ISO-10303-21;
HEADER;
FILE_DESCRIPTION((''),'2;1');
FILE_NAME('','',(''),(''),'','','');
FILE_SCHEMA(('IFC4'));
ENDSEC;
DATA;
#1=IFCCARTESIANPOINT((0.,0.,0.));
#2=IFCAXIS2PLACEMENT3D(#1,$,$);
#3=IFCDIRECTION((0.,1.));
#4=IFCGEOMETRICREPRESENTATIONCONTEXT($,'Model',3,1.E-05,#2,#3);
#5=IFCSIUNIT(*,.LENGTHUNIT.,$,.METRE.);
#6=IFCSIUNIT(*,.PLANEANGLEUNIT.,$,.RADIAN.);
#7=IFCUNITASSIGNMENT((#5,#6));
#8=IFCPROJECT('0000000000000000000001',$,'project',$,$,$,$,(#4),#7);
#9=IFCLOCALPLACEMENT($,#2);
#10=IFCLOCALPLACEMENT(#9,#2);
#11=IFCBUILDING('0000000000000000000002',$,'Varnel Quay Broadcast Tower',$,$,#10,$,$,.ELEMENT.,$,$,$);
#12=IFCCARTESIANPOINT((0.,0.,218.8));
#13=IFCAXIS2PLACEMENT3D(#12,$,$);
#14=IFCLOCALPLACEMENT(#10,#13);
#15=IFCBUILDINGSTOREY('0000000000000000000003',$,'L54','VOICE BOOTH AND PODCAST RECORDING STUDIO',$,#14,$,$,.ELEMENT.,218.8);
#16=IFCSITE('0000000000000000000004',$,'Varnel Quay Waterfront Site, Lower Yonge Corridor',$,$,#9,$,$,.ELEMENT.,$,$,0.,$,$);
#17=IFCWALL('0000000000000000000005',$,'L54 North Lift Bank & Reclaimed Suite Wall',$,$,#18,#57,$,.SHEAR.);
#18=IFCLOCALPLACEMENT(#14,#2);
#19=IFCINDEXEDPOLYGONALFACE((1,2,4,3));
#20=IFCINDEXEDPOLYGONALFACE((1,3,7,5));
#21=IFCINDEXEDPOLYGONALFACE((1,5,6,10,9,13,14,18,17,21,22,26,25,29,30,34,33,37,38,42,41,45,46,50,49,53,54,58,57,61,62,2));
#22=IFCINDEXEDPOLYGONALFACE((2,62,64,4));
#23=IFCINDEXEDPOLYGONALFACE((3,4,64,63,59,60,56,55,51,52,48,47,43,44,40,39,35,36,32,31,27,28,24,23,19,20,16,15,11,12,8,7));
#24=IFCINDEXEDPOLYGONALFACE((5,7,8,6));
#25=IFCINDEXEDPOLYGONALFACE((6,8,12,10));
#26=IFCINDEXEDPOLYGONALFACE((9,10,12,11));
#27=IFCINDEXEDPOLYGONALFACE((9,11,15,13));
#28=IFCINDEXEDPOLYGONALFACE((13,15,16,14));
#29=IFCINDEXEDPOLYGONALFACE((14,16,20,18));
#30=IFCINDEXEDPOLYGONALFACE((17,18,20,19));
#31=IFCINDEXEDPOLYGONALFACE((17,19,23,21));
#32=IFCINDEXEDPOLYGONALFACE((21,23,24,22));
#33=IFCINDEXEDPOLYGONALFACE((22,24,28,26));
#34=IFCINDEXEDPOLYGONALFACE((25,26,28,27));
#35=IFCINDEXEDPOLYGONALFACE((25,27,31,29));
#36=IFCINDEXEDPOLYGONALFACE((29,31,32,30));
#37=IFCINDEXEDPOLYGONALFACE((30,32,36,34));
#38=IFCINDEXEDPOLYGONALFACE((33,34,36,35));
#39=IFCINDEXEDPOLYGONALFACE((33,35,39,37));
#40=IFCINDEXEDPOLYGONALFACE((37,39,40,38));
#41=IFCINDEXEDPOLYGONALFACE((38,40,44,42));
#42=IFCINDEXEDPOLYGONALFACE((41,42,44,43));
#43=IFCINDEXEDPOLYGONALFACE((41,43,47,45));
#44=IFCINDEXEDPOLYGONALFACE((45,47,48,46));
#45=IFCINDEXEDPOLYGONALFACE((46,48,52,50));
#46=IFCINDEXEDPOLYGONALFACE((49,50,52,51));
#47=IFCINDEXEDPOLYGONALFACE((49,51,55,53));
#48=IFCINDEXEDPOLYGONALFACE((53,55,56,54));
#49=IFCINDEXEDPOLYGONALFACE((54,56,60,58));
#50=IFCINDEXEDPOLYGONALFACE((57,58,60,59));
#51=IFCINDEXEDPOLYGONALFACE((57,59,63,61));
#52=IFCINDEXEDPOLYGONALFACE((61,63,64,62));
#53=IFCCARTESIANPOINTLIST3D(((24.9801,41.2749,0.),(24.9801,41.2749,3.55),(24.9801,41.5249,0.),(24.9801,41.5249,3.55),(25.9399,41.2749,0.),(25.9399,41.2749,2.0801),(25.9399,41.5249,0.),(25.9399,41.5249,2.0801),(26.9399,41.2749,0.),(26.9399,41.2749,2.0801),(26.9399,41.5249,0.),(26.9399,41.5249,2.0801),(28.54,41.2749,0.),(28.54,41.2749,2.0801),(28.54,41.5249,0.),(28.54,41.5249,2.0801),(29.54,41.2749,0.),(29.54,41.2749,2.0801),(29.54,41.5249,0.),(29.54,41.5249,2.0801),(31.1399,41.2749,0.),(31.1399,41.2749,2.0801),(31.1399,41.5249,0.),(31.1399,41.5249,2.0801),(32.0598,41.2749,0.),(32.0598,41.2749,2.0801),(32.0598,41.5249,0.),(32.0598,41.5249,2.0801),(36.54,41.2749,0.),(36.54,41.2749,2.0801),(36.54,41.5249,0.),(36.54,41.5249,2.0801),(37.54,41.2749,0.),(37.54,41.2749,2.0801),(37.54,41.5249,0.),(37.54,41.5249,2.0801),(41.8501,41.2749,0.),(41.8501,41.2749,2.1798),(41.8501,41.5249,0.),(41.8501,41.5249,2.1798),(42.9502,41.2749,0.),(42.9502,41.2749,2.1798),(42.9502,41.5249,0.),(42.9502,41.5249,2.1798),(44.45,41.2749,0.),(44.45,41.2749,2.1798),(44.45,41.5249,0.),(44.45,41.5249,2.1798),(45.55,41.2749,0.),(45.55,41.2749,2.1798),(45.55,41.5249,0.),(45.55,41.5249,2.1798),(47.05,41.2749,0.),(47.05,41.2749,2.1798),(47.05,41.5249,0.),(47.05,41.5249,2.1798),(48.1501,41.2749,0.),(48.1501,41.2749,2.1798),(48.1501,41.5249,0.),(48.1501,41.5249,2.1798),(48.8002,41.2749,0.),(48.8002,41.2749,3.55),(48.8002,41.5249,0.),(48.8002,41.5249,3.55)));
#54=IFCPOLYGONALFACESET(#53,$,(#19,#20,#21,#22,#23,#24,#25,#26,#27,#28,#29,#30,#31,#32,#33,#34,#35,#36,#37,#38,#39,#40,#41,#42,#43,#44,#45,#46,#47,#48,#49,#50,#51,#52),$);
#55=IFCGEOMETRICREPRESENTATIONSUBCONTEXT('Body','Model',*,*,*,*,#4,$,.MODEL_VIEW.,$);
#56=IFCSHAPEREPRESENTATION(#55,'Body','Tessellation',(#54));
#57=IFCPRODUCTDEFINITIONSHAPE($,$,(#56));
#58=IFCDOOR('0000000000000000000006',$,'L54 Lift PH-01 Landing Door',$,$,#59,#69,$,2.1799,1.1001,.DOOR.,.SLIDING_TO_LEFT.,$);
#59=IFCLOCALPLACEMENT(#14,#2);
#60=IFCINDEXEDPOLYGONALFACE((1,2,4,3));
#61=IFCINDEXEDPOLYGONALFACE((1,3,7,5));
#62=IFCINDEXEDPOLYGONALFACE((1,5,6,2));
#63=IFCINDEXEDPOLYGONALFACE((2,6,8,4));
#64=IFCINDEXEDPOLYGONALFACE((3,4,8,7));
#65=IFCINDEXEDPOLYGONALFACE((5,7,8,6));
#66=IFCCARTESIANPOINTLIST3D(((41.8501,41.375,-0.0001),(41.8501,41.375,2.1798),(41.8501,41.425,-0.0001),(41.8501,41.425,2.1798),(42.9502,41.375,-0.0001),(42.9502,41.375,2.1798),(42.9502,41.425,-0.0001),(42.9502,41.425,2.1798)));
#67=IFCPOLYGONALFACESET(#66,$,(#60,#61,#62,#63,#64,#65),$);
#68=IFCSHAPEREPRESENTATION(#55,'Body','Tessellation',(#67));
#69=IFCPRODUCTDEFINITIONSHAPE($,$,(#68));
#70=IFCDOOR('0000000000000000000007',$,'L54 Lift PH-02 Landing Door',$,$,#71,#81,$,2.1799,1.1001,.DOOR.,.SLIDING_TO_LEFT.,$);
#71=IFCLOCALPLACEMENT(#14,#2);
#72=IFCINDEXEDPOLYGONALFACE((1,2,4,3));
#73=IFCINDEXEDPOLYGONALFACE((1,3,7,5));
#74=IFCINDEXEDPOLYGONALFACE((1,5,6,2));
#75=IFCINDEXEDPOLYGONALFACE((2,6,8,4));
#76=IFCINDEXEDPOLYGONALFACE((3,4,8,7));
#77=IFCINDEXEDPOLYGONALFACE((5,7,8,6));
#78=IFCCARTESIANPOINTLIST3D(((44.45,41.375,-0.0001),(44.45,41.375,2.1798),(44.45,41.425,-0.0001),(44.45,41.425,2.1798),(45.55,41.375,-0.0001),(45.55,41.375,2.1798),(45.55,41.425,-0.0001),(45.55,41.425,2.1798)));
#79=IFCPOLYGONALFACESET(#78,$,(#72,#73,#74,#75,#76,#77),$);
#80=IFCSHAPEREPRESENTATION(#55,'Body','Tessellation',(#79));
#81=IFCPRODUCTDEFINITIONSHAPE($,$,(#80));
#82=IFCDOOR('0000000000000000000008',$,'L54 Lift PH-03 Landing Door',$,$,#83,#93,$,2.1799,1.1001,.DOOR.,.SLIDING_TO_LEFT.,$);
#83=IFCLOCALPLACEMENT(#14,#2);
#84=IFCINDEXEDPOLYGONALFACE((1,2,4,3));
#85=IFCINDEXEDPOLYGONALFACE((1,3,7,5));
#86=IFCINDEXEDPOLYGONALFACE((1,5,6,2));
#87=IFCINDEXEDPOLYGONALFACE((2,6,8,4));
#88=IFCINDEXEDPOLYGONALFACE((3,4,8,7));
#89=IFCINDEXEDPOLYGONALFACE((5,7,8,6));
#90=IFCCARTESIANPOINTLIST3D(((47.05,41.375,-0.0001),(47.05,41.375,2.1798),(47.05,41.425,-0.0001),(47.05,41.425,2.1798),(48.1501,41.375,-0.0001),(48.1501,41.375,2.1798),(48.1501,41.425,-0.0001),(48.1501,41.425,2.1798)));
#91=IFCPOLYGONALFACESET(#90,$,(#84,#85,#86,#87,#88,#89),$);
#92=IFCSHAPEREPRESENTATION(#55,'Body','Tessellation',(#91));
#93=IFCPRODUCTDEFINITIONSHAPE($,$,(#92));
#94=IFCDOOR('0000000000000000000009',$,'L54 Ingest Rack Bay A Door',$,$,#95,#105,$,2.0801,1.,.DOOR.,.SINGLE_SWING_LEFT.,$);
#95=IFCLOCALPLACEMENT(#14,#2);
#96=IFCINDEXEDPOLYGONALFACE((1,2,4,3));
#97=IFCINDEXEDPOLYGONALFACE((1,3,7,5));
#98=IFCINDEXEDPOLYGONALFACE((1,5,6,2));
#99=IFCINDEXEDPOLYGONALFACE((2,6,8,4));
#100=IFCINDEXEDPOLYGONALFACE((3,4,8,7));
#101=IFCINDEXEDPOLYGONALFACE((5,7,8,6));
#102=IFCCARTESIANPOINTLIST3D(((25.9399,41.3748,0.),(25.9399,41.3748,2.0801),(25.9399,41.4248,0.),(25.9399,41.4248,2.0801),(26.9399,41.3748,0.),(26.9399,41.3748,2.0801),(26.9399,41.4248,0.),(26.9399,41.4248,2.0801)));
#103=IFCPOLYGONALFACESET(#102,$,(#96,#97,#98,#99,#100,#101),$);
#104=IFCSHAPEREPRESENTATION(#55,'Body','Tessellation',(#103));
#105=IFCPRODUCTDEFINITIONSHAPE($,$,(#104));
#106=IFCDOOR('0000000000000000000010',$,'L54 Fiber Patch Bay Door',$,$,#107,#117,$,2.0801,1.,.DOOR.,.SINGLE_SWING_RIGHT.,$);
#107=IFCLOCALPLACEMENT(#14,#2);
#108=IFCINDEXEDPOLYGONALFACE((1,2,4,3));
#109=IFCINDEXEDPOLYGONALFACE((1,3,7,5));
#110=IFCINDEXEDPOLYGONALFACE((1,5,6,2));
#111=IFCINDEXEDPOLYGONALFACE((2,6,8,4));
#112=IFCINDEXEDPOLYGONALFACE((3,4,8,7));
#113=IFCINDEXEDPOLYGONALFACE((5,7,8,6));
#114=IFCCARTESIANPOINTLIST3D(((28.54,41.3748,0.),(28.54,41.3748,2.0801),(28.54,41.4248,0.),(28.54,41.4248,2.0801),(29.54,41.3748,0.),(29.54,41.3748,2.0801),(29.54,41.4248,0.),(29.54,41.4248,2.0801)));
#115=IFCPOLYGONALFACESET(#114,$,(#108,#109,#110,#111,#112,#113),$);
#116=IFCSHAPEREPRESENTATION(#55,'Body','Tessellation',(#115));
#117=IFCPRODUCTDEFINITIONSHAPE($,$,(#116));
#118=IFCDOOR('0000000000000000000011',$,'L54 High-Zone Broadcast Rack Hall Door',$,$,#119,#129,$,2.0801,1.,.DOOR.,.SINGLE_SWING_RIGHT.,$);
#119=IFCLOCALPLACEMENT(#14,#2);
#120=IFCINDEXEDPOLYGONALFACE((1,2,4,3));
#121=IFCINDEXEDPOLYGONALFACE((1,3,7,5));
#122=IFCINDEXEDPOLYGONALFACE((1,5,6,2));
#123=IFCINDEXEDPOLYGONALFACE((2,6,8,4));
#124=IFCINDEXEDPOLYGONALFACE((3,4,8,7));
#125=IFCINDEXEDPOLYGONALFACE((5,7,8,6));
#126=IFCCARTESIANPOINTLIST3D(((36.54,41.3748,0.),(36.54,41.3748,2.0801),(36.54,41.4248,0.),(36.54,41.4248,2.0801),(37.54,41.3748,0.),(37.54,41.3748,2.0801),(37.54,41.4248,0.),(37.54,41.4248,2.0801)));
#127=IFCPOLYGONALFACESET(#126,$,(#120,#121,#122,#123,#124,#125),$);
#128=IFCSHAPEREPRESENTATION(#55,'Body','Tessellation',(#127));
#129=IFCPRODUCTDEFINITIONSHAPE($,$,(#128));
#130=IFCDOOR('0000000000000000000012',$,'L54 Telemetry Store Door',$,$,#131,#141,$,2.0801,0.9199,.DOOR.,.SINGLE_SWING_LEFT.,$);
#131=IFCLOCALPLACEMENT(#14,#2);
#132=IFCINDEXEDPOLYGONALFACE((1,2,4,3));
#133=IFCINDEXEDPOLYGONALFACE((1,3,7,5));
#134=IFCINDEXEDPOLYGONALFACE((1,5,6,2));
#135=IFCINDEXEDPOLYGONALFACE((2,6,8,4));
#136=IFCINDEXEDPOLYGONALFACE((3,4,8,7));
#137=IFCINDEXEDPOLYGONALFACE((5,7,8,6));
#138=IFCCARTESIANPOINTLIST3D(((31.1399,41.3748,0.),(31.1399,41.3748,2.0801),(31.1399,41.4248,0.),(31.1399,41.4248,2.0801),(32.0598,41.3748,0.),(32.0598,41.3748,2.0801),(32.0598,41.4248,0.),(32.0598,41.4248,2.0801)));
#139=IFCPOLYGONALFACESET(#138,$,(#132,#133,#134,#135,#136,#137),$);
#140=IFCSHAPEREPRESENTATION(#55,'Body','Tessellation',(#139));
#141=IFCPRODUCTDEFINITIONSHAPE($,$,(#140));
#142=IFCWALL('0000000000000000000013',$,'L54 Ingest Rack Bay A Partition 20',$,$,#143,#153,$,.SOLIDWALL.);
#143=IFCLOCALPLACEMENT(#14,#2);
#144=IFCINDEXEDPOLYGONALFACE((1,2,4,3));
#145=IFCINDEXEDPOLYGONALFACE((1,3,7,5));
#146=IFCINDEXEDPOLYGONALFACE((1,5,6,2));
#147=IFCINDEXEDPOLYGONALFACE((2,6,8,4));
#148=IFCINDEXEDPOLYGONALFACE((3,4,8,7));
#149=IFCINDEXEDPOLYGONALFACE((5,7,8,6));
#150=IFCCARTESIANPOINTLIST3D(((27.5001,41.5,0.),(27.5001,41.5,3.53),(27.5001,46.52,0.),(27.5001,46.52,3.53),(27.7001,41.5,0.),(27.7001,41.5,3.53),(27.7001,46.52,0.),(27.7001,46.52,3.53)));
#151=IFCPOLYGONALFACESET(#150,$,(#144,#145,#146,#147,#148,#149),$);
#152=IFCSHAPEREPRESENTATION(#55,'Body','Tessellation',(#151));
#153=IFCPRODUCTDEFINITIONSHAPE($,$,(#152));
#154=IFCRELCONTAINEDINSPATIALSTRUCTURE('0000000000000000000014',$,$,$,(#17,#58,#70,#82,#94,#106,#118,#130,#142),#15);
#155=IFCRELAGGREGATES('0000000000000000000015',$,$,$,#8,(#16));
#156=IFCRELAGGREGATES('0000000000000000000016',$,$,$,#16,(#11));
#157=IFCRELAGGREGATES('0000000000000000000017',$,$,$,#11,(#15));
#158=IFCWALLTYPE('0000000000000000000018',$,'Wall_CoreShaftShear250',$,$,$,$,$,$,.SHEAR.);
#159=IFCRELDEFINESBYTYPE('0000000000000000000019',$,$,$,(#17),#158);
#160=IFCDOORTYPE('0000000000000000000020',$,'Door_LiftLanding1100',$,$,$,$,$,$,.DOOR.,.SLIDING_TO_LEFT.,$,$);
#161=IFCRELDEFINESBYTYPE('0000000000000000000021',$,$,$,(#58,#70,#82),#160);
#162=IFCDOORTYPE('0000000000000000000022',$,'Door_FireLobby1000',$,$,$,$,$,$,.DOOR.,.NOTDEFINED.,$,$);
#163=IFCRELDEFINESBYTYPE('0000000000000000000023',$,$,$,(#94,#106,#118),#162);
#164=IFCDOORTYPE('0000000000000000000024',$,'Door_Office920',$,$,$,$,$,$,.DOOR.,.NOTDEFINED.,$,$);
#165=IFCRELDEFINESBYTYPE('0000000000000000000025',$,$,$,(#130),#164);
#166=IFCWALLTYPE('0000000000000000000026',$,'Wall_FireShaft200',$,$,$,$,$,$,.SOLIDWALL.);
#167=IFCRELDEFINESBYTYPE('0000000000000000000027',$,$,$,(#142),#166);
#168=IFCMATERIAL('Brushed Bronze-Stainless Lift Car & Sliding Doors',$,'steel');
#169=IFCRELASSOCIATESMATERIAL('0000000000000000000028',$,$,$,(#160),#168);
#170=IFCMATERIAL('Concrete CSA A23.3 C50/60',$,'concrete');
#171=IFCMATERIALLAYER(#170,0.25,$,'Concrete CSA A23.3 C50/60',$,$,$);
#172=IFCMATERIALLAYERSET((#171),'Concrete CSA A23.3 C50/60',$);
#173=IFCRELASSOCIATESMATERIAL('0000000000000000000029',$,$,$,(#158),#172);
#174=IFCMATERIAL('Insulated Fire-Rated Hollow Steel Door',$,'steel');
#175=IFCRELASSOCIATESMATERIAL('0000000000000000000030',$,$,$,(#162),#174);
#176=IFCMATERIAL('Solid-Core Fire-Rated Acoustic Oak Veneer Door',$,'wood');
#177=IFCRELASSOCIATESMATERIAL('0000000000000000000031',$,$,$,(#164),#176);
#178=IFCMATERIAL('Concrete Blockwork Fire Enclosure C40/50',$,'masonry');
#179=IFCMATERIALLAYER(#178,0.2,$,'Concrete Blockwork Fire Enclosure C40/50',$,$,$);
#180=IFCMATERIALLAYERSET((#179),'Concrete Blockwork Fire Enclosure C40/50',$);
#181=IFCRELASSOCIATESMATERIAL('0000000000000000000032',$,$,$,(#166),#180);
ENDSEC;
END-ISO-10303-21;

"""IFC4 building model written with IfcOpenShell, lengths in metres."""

from ifc_helpers import new_model, si_unit, direction, frame, frame_2d, origin, place, context, subcontext, project, spatial, rectangle, extrude, source, transform, mapped, material, layer, layer_set, type_object, type_shapes, element, fill, save


model = new_model("IFC4")

# Units and contexts
model_context = context("Model", 3, precision=1e-05, world=origin(), true_north=direction((0.0, 1.0)))
body_context = subcontext(model_context, "Body", "Model", "MODEL_VIEW")
ifc_project = project(units=[si_unit("LENGTHUNIT", "METRE"), si_unit("PLANEANGLEUNIT", "RADIAN")], contexts=[model_context])

# Site, building, storey
site_placement = place(None, origin())
site = spatial("IfcSite", under=ifc_project, at=site_placement, Name="Varnel Quay Waterfront Site, Lower Yonge Corridor", CompositionType="ELEMENT", RefElevation=0.0)
building_placement = place(site_placement, origin())
building = spatial("IfcBuilding", under=site, at=building_placement, Name="Varnel Quay Broadcast Tower", CompositionType="ELEMENT")
storey_placement = place(building_placement, frame((0.0, 0.0, 218.8)))
storey = spatial("IfcBuildingStorey", under=building, at=storey_placement, Name="L54", Description="VOICE BOOTH AND PODCAST RECORDING STUDIO", CompositionType="ELEMENT", Elevation=218.8)

# Shared definitions
ifc_material_1 = material(Name="Concrete CSA A23.3 C50/60", Category="concrete")
ifc_material_2 = material(Name="Brushed Bronze-Stainless Lift Car & Sliding Doors", Category="steel")
door_type_1 = type_object("IfcDoorType", Name="Door_LiftLanding1100", OperationType="SLIDING_TO_LEFT", PredefinedType="DOOR", material=ifc_material_2)
shared_shape_1 = source(origin(), body_context, "Body", "SweptSolid", [
    extrude(rectangle(XDim=1.1001, YDim=2.1799, at=frame_2d((0.55, 1.0898))), frame((0.0, 0.0249, 0.0), z_axis=(0.0, -1.0, 0.0), x_axis=(1.0, 0.0, 0.0)), (0.0, 0.0, 1.0), 0.05),
])
type_shapes(door_type_1, [shared_shape_1])

# Wall, openings, doors
ifc_layer_1 = layer(ifc_material_1, 0.25, Name="Concrete CSA A23.3 C50/60")
ifc_layer_set_1 = layer_set([ifc_layer_1], Name="Concrete CSA A23.3 C50/60")
wall_type_1 = type_object("IfcWallType", Name="Wall_CoreShaftShear250", PredefinedType="SHEAR", material=ifc_layer_set_1)
wall_1_placement = place(storey_placement, frame((24.98, 41.3999, 0.0), z_axis=(0.0, 0.0, 1.0), x_axis=(1.0, 0.0, 0.0)))
wall_1 = element("IfcWall", 1, at=wall_1_placement, inside=storey, type_object=wall_type_1, Name="L54 North Lift Bank & Reclaimed Suite Wall", PredefinedType="SHEAR", context=body_context, shape_type="SweptSolid", body=[
    extrude(rectangle(XDim=23.8201, YDim=0.25, at=frame_2d((11.9102, 0.0))), origin(), (0.0, 0.0, 1.0), 3.55),
])
opening_1_placement = place(wall_1_placement, frame((16.8701, 0.0, 0.0)))
opening_1 = element("IfcOpeningElement", 2, at=opening_1_placement, cuts=wall_1, PredefinedType="OPENING", context=body_context, shape_type="SweptSolid", body=[
    extrude(rectangle(XDim=1.1001, YDim=2.1799, at=frame_2d((0.55, 1.0898))), frame((0.0, 0.135, 0.0), z_axis=(0.0, -1.0, 0.0), x_axis=(1.0, 0.0, 0.0)), (0.0, 0.0, 1.0), 0.27),
])
opening_2_placement = place(wall_1_placement, frame((19.47, 0.0, 0.0)))
opening_2 = element("IfcOpeningElement", 3, at=opening_2_placement, cuts=wall_1, PredefinedType="OPENING", context=body_context, shape_type="SweptSolid", body=[
    extrude(rectangle(XDim=1.1001, YDim=2.1799, at=frame_2d((0.55, 1.0898))), frame((0.0, 0.135, 0.0), z_axis=(0.0, -1.0, 0.0), x_axis=(1.0, 0.0, 0.0)), (0.0, 0.0, 1.0), 0.27),
])
opening_3_placement = place(wall_1_placement, frame((22.0701, 0.0, 0.0)))
opening_3 = element("IfcOpeningElement", 4, at=opening_3_placement, cuts=wall_1, PredefinedType="OPENING", context=body_context, shape_type="SweptSolid", body=[
    extrude(rectangle(XDim=1.1001, YDim=2.1799, at=frame_2d((0.55, 1.0898))), frame((0.0, 0.135, 0.0), z_axis=(0.0, -1.0, 0.0), x_axis=(1.0, 0.0, 0.0)), (0.0, 0.0, 1.0), 0.27),
])
opening_4_placement = place(wall_1_placement, frame((0.96, 0.0, 0.0)))
opening_4 = element("IfcOpeningElement", 5, at=opening_4_placement, cuts=wall_1, PredefinedType="OPENING", context=body_context, shape_type="SweptSolid", body=[
    extrude(rectangle(XDim=1.0, YDim=2.0801, at=frame_2d((0.5, 1.04))), frame((0.0, 0.135, 0.0), z_axis=(0.0, -1.0, 0.0), x_axis=(1.0, 0.0, 0.0)), (0.0, 0.0, 1.0), 0.27),
])
opening_5_placement = place(wall_1_placement, frame((3.5601, 0.0, 0.0)))
opening_5 = element("IfcOpeningElement", 6, at=opening_5_placement, cuts=wall_1, PredefinedType="OPENING", context=body_context, shape_type="SweptSolid", body=[
    extrude(rectangle(XDim=1.0, YDim=2.0801, at=frame_2d((0.5, 1.04))), frame((0.0, 0.135, 0.0), z_axis=(0.0, -1.0, 0.0), x_axis=(1.0, 0.0, 0.0)), (0.0, 0.0, 1.0), 0.27),
])
opening_6_placement = place(wall_1_placement, frame((6.1599, 0.0, 0.0)))
opening_6 = element("IfcOpeningElement", 7, at=opening_6_placement, cuts=wall_1, PredefinedType="OPENING", context=body_context, shape_type="SweptSolid", body=[
    extrude(rectangle(XDim=0.9199, YDim=2.0801, at=frame_2d((0.46, 1.04))), frame((0.0, 0.135, 0.0), z_axis=(0.0, -1.0, 0.0), x_axis=(1.0, 0.0, 0.0)), (0.0, 0.0, 1.0), 0.27),
])
opening_7_placement = place(wall_1_placement, frame((11.5601, 0.0, 0.0)))
opening_7 = element("IfcOpeningElement", 8, at=opening_7_placement, cuts=wall_1, PredefinedType="OPENING", context=body_context, shape_type="SweptSolid", body=[
    extrude(rectangle(XDim=1.0, YDim=2.0801, at=frame_2d((0.5, 1.04))), frame((0.0, 0.135, 0.0), z_axis=(0.0, -1.0, 0.0), x_axis=(1.0, 0.0, 0.0)), (0.0, 0.0, 1.0), 0.27),
])
door_1_placement = place(opening_1_placement, frame((1.1001, 0.0, 0.0), z_axis=(0.0, 0.0, 1.0), x_axis=(-1.0, 0.0, 0.0)))
door_1 = element("IfcDoor", 9, at=door_1_placement, inside=storey, type_object=door_type_1, Name="L54 Lift PH-01 Landing Door", OperationType="SLIDING_TO_LEFT", OverallHeight=2.1799, OverallWidth=1.1001, PredefinedType="DOOR", context=body_context, shape_type="MappedRepresentation", body=[
    mapped(shared_shape_1, transform((0.0, 0.0, 0.0), x_axis=(1.0, 0.0, 0.0), y_axis=(0.0, 1.0, 0.0), z_axis=(0.0, 0.0, 1.0), scale=1.0)),
])
fill(opening_1, door_1)
door_2_placement = place(opening_2_placement, frame((1.1001, 0.0, 0.0), z_axis=(0.0, 0.0, 1.0), x_axis=(-1.0, 0.0, 0.0)))
door_2 = element("IfcDoor", 10, at=door_2_placement, inside=storey, type_object=door_type_1, Name="L54 Lift PH-02 Landing Door", OperationType="SLIDING_TO_LEFT", OverallHeight=2.1799, OverallWidth=1.1001, PredefinedType="DOOR", context=body_context, shape_type="MappedRepresentation", body=[
    mapped(shared_shape_1, transform((0.0, 0.0, 0.0), x_axis=(1.0, 0.0, 0.0), y_axis=(0.0, 1.0, 0.0), z_axis=(0.0, 0.0, 1.0), scale=1.0)),
])
fill(opening_2, door_2)
door_3_placement = place(opening_3_placement, frame((1.1001, 0.0, 0.0), z_axis=(0.0, 0.0, 1.0), x_axis=(-1.0, 0.0, 0.0)))
door_3 = element("IfcDoor", 11, at=door_3_placement, inside=storey, type_object=door_type_1, Name="L54 Lift PH-03 Landing Door", OperationType="SLIDING_TO_LEFT", OverallHeight=2.1799, OverallWidth=1.1001, PredefinedType="DOOR", context=body_context, shape_type="MappedRepresentation", body=[
    mapped(shared_shape_1, transform((0.0, 0.0, 0.0), x_axis=(1.0, 0.0, 0.0), y_axis=(0.0, 1.0, 0.0), z_axis=(0.0, 0.0, 1.0), scale=1.0)),
])
fill(opening_3, door_3)
ifc_material_3 = material(Name="Insulated Fire-Rated Hollow Steel Door", Category="steel")
door_type_2 = type_object("IfcDoorType", Name="Door_FireLobby1000", OperationType="NOTDEFINED", PredefinedType="DOOR", material=ifc_material_3)
shared_shape_2 = source(origin(), body_context, "Body", "SweptSolid", [
    extrude(rectangle(XDim=1.0, YDim=2.0801, at=frame_2d((0.5, 1.04))), frame((0.0, 0.0249, 0.0), z_axis=(0.0, -1.0, 0.0), x_axis=(1.0, 0.0, 0.0)), (0.0, 0.0, 1.0), 0.05),
])
type_shapes(door_type_2, [shared_shape_2])
door_4_placement = place(opening_4_placement, origin())
door_4 = element("IfcDoor", 12, at=door_4_placement, inside=storey, type_object=door_type_2, Name="L54 Ingest Rack Bay A Door", OperationType="SINGLE_SWING_LEFT", OverallHeight=2.0801, OverallWidth=1.0, PredefinedType="DOOR", context=body_context, shape_type="MappedRepresentation", body=[
    mapped(shared_shape_2, transform((0.0, 0.0, 0.0), x_axis=(1.0, 0.0, 0.0), y_axis=(0.0, 1.0, 0.0), z_axis=(0.0, 0.0, 1.0), scale=1.0)),
])
fill(opening_4, door_4)
door_5_placement = place(opening_5_placement, origin())
door_5 = element("IfcDoor", 13, at=door_5_placement, inside=storey, type_object=door_type_2, Name="L54 Fiber Patch Bay Door", OperationType="SINGLE_SWING_RIGHT", OverallHeight=2.0801, OverallWidth=1.0, PredefinedType="DOOR", context=body_context, shape_type="MappedRepresentation", body=[
    mapped(shared_shape_2, transform((0.0, 0.0, 0.0), x_axis=(1.0, 0.0, 0.0), y_axis=(0.0, 1.0, 0.0), z_axis=(0.0, 0.0, 1.0), scale=1.0)),
])
fill(opening_5, door_5)
door_6_placement = place(opening_7_placement, origin())
door_6 = element("IfcDoor", 14, at=door_6_placement, inside=storey, type_object=door_type_2, Name="L54 High-Zone Broadcast Rack Hall Door", OperationType="SINGLE_SWING_RIGHT", OverallHeight=2.0801, OverallWidth=1.0, PredefinedType="DOOR", context=body_context, shape_type="MappedRepresentation", body=[
    mapped(shared_shape_2, transform((0.0, 0.0, 0.0), x_axis=(1.0, 0.0, 0.0), y_axis=(0.0, 1.0, 0.0), z_axis=(0.0, 0.0, 1.0), scale=1.0)),
])
fill(opening_7, door_6)
ifc_material_4 = material(Name="Solid-Core Fire-Rated Acoustic Oak Veneer Door", Category="wood")
door_type_3 = type_object("IfcDoorType", Name="Door_Office920", OperationType="NOTDEFINED", PredefinedType="DOOR", material=ifc_material_4)
shared_shape_3 = source(origin(), body_context, "Body", "SweptSolid", [
    extrude(rectangle(XDim=0.9199, YDim=2.0801, at=frame_2d((0.46, 1.04))), frame((0.0, 0.0249, 0.0), z_axis=(0.0, -1.0, 0.0), x_axis=(1.0, 0.0, 0.0)), (0.0, 0.0, 1.0), 0.05),
])
type_shapes(door_type_3, [shared_shape_3])
door_7_placement = place(opening_6_placement, origin())
door_7 = element("IfcDoor", 15, at=door_7_placement, inside=storey, type_object=door_type_3, Name="L54 Telemetry Store Door", OperationType="SINGLE_SWING_LEFT", OverallHeight=2.0801, OverallWidth=0.9199, PredefinedType="DOOR", context=body_context, shape_type="MappedRepresentation", body=[
    mapped(shared_shape_3, transform((0.0, 0.0, 0.0), x_axis=(1.0, 0.0, 0.0), y_axis=(0.0, 1.0, 0.0), z_axis=(0.0, 0.0, 1.0), scale=1.0)),
])
fill(opening_6, door_7)

# Wall
ifc_material_5 = material(Name="Concrete Blockwork Fire Enclosure C40/50", Category="masonry")
ifc_layer_2 = layer(ifc_material_5, 0.2, Name="Concrete Blockwork Fire Enclosure C40/50")
ifc_layer_set_2 = layer_set([ifc_layer_2], Name="Concrete Blockwork Fire Enclosure C40/50")
wall_type_2 = type_object("IfcWallType", Name="Wall_FireShaft200", PredefinedType="SOLIDWALL", material=ifc_layer_set_2)
wall_2_placement = place(storey_placement, frame((27.6001, 41.5, 0.0), z_axis=(0.0, 0.0, 1.0), x_axis=(0.0, 1.0, 0.0)))
element("IfcWall", 16, at=wall_2_placement, inside=storey, type_object=wall_type_2, Name="L54 Ingest Rack Bay A Partition 20", PredefinedType="SOLIDWALL", context=body_context, shape_type="SweptSolid", body=[
    extrude(rectangle(XDim=5.02, YDim=0.2, at=frame_2d((2.51, 0.0))), origin(), (0.0, 0.0, 1.0), 3.53),
])

save(model, "model.ifc")
